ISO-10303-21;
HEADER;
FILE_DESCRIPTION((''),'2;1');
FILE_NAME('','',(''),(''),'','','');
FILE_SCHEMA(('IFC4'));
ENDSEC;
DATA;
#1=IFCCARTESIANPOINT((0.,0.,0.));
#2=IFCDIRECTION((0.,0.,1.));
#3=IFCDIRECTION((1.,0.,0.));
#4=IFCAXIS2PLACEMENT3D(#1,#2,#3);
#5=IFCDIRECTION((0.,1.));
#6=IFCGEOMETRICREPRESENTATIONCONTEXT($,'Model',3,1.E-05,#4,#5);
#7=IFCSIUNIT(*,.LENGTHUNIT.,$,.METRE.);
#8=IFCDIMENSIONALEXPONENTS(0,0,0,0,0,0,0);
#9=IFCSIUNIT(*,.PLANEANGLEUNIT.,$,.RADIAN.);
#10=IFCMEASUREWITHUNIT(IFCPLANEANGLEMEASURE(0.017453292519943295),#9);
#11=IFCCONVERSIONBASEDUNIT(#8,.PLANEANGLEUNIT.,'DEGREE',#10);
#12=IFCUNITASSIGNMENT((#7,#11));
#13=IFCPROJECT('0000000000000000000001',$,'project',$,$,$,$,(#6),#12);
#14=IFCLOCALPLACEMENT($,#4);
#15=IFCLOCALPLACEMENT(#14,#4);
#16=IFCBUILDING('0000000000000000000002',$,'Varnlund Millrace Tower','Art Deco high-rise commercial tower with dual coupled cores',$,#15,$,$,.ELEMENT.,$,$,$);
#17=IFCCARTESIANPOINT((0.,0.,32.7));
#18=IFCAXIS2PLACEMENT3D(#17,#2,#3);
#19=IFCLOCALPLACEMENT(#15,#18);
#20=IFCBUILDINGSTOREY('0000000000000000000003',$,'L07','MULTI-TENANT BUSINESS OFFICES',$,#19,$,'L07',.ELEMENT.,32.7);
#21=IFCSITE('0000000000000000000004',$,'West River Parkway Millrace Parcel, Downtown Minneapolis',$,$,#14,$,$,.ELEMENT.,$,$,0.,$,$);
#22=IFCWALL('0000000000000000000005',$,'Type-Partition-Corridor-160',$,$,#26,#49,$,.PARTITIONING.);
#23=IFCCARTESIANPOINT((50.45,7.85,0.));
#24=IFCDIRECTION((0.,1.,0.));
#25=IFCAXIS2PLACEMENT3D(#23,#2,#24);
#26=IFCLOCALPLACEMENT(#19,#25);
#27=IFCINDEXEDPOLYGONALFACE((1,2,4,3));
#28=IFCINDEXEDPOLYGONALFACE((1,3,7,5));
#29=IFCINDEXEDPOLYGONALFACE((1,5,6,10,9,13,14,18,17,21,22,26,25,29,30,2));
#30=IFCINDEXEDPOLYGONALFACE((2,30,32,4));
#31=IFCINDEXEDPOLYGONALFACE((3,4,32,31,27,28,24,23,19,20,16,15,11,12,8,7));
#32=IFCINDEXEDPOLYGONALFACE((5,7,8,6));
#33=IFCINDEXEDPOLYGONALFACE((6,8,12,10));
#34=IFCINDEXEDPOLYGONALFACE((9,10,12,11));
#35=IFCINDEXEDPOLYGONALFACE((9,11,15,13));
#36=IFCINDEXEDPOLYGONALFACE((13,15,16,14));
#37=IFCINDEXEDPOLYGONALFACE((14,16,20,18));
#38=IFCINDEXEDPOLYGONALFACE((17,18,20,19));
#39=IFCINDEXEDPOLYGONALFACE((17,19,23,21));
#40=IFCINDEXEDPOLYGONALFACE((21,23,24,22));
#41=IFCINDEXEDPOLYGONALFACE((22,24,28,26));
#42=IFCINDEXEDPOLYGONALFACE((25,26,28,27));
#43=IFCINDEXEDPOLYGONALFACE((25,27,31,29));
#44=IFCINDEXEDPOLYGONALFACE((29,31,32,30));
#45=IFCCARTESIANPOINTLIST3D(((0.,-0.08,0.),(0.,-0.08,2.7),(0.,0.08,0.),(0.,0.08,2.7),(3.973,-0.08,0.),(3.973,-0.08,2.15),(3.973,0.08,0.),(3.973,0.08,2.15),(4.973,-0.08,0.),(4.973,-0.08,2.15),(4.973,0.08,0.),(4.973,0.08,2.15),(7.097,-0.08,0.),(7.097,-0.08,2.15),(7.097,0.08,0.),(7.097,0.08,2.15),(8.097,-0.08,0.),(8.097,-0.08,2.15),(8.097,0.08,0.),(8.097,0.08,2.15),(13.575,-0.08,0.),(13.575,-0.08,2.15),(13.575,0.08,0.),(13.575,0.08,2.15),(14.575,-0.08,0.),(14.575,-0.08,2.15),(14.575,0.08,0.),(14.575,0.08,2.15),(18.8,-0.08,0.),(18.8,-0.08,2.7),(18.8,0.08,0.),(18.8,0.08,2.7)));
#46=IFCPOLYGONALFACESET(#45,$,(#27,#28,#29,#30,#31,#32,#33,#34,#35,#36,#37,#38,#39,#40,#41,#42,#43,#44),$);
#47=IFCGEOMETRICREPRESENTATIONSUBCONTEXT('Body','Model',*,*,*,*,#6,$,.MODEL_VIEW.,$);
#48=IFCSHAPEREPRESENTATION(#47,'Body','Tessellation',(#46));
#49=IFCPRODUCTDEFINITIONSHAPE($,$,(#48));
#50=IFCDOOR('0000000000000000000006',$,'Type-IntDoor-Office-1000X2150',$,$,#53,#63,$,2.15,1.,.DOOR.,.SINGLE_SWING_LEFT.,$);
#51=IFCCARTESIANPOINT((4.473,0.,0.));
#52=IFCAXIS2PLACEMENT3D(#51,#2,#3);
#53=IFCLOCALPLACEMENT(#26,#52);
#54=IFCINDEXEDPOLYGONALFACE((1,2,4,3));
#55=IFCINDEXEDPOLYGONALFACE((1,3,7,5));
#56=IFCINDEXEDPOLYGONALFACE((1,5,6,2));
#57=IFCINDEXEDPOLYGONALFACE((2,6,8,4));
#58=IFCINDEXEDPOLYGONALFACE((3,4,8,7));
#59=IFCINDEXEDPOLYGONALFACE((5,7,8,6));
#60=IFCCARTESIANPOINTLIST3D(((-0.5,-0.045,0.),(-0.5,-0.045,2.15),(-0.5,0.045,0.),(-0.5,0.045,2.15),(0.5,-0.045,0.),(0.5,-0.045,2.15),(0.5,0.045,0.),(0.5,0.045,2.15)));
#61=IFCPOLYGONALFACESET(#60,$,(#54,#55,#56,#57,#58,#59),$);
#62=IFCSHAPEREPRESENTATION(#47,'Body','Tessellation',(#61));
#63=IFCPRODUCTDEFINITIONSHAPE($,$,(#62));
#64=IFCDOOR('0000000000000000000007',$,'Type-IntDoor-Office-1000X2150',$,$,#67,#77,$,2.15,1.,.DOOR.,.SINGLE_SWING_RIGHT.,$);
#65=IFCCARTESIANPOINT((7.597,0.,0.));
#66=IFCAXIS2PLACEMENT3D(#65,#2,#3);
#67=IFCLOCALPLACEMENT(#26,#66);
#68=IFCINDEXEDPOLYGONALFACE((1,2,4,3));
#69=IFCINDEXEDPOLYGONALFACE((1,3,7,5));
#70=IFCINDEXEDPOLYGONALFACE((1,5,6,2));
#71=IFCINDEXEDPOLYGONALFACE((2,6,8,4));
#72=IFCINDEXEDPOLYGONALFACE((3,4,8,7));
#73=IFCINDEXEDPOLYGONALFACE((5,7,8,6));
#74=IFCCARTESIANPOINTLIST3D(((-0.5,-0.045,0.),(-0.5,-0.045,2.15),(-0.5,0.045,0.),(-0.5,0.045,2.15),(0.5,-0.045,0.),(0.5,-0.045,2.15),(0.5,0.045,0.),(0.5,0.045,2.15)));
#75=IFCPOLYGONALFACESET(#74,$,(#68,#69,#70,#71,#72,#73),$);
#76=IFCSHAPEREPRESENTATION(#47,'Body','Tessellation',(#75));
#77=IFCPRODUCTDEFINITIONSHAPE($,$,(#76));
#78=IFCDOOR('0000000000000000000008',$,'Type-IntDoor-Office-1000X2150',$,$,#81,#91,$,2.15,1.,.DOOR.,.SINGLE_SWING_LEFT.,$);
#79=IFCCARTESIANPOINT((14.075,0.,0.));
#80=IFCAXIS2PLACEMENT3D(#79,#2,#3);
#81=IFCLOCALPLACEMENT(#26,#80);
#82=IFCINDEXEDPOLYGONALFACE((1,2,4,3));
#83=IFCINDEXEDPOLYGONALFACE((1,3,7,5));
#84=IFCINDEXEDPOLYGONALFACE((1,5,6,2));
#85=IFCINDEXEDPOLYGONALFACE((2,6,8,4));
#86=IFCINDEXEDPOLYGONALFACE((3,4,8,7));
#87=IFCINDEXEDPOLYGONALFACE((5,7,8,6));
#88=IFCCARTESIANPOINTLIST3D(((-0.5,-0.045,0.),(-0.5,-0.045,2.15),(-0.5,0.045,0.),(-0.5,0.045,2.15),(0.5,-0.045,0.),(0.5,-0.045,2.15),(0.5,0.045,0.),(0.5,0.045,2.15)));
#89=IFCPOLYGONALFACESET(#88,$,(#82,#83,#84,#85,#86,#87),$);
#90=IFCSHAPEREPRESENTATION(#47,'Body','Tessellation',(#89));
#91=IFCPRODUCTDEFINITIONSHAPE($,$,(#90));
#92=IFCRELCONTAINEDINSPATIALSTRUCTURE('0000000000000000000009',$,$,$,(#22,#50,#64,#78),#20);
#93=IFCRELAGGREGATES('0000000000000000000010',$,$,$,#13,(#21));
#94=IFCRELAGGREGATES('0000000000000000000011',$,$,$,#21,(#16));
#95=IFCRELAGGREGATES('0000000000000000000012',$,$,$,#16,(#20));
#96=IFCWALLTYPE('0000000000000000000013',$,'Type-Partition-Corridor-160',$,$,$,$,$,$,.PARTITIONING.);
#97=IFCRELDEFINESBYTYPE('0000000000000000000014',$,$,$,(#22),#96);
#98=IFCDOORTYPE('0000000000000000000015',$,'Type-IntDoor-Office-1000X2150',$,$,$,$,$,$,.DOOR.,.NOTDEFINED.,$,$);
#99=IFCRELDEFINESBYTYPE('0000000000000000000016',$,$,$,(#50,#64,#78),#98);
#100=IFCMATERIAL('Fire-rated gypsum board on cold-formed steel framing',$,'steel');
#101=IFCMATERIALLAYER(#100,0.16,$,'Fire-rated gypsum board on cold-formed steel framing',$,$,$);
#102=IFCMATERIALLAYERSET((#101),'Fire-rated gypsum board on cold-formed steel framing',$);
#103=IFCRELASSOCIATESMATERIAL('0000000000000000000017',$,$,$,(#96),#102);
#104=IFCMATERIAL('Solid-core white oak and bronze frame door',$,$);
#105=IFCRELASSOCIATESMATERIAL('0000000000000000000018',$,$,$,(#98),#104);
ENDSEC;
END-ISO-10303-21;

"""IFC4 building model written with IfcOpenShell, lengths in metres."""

from ifc_helpers import new_model, entity, si_unit, converted_unit, direction, frame, origin_with_axes, origin_2d_with_axis, place, context, subcontext, project, spatial, polyline, rectangle, outline, extrude, material, layer, layer_set, type_object, element, fill, save


model = new_model("IFC4")

# Units and contexts
model_context = context("Model", 3, precision=1e-05, world=origin_with_axes(), true_north=direction((0.0, 1.0)))
body_context = subcontext(model_context, "Body", "Model", "MODEL_VIEW")
ifc_project = project(units=[si_unit("LENGTHUNIT", "METRE"), converted_unit("PLANEANGLEUNIT", "DEGREE", entity("IfcPlaneAngleMeasure", 0.017453292519943295), si_unit("PLANEANGLEUNIT", "RADIAN"), dimensions=[0, 0, 0, 0, 0, 0, 0])], contexts=[model_context])

# Site, building, storey
site_placement = place(None, origin_with_axes())
site = spatial("IfcSite", under=ifc_project, at=site_placement, Name="West River Parkway Millrace Parcel, Downtown Minneapolis", CompositionType="ELEMENT", RefElevation=0.0)
building_placement = place(site_placement, origin_with_axes())
building = spatial("IfcBuilding", under=site, at=building_placement, Name="Varnlund Millrace Tower", Description="Art Deco high-rise commercial tower with dual coupled cores", CompositionType="ELEMENT")
storey_placement = place(building_placement, frame((0.0, 0.0, 32.7), z_axis=(0.0, 0.0, 1.0), x_axis=(1.0, 0.0, 0.0)))
storey = spatial("IfcBuildingStorey", under=building, at=storey_placement, Name="L07", Description="MULTI-TENANT BUSINESS OFFICES", LongName="L07", CompositionType="ELEMENT", Elevation=32.7)

# Wall, openings, doors
ifc_material_1 = material(Name="Fire-rated gypsum board on cold-formed steel framing", Category="steel")
ifc_layer_1 = layer(ifc_material_1, 0.16, Name="Fire-rated gypsum board on cold-formed steel framing")
ifc_layer_set_1 = layer_set([ifc_layer_1], Name="Fire-rated gypsum board on cold-formed steel framing")
wall_type_1 = type_object("IfcWallType", Name="Type-Partition-Corridor-160", PredefinedType="PARTITIONING", material=ifc_layer_set_1)
wall_1_placement = place(storey_placement, frame((50.45, 7.85, 0.0), z_axis=(0.0, 0.0, 1.0), x_axis=(0.0, 1.0, 0.0)))
wall_1 = element("IfcWall", 1, at=wall_1_placement, inside=storey, type_object=wall_type_1, Name="Type-Partition-Corridor-160", PredefinedType="PARTITIONING", context=body_context, shape_type="SweptSolid", body=[
    extrude(outline(polyline([(0.0, -0.08), (18.8, -0.08), (18.8, 0.08), (0.0, 0.08), (0.0, -0.08)])), origin_with_axes(), (0.0, 0.0, 1.0), 2.7),
])
opening_1_placement = place(wall_1_placement, frame((4.473, 0.0, 0.0), z_axis=(0.0, 0.0, 1.0), x_axis=(1.0, 0.0, 0.0)))
opening_1 = element("IfcOpeningElement", 2, at=opening_1_placement, cuts=wall_1, PredefinedType="OPENING", context=body_context, shape_type="SweptSolid", body=[
    extrude(rectangle(XDim=1.0, YDim=0.18, at=origin_2d_with_axis()), origin_with_axes(), (0.0, 0.0, 1.0), 2.15),
])
opening_2_placement = place(wall_1_placement, frame((7.597, 0.0, 0.0), z_axis=(0.0, 0.0, 1.0), x_axis=(1.0, 0.0, 0.0)))
opening_2 = element("IfcOpeningElement", 3, at=opening_2_placement, cuts=wall_1, PredefinedType="OPENING", context=body_context, shape_type="SweptSolid", body=[
    extrude(rectangle(XDim=1.0, YDim=0.18, at=origin_2d_with_axis()), origin_with_axes(), (0.0, 0.0, 1.0), 2.15),
])
opening_3_placement = place(wall_1_placement, frame((14.075, 0.0, 0.0), z_axis=(0.0, 0.0, 1.0), x_axis=(1.0, 0.0, 0.0)))
opening_3 = element("IfcOpeningElement", 4, at=opening_3_placement, cuts=wall_1, PredefinedType="OPENING", context=body_context, shape_type="SweptSolid", body=[
    extrude(rectangle(XDim=1.0, YDim=0.18, at=origin_2d_with_axis()), origin_with_axes(), (0.0, 0.0, 1.0), 2.15),
])
ifc_material_2 = material(Name="Solid-core white oak and bronze frame door")
door_type_1 = type_object("IfcDoorType", Name="Type-IntDoor-Office-1000X2150", OperationType="NOTDEFINED", PredefinedType="DOOR", material=ifc_material_2)
door_1_placement = place(wall_1_placement, frame((4.473, 0.0, 0.0), z_axis=(0.0, 0.0, 1.0), x_axis=(1.0, 0.0, 0.0)))
door_1 = element("IfcDoor", 5, at=door_1_placement, inside=storey, type_object=door_type_1, Name="Type-IntDoor-Office-1000X2150", OperationType="SINGLE_SWING_LEFT", OverallHeight=2.15, OverallWidth=1.0, PredefinedType="DOOR", context=body_context, shape_type="SweptSolid", body=[
    extrude(rectangle(XDim=1.0, YDim=0.09, at=origin_2d_with_axis()), origin_with_axes(), (0.0, 0.0, 1.0), 2.15),
])
fill(opening_1, door_1)
door_2_placement = place(wall_1_placement, frame((7.597, 0.0, 0.0), z_axis=(0.0, 0.0, 1.0), x_axis=(1.0, 0.0, 0.0)))
door_2 = element("IfcDoor", 6, at=door_2_placement, inside=storey, type_object=door_type_1, Name="Type-IntDoor-Office-1000X2150", OperationType="SINGLE_SWING_RIGHT", OverallHeight=2.15, OverallWidth=1.0, PredefinedType="DOOR", context=body_context, shape_type="SweptSolid", body=[
    extrude(rectangle(XDim=1.0, YDim=0.09, at=origin_2d_with_axis()), origin_with_axes(), (0.0, 0.0, 1.0), 2.15),
])
fill(opening_2, door_2)
door_3_placement = place(wall_1_placement, frame((14.075, 0.0, 0.0), z_axis=(0.0, 0.0, 1.0), x_axis=(1.0, 0.0, 0.0)))
door_3 = element("IfcDoor", 7, at=door_3_placement, inside=storey, type_object=door_type_1, Name="Type-IntDoor-Office-1000X2150", OperationType="SINGLE_SWING_LEFT", OverallHeight=2.15, OverallWidth=1.0, PredefinedType="DOOR", context=body_context, shape_type="SweptSolid", body=[
    extrude(rectangle(XDim=1.0, YDim=0.09, at=origin_2d_with_axis()), origin_with_axes(), (0.0, 0.0, 1.0), 2.15),
])
fill(opening_3, door_3)

save(model, "model.ifc")
